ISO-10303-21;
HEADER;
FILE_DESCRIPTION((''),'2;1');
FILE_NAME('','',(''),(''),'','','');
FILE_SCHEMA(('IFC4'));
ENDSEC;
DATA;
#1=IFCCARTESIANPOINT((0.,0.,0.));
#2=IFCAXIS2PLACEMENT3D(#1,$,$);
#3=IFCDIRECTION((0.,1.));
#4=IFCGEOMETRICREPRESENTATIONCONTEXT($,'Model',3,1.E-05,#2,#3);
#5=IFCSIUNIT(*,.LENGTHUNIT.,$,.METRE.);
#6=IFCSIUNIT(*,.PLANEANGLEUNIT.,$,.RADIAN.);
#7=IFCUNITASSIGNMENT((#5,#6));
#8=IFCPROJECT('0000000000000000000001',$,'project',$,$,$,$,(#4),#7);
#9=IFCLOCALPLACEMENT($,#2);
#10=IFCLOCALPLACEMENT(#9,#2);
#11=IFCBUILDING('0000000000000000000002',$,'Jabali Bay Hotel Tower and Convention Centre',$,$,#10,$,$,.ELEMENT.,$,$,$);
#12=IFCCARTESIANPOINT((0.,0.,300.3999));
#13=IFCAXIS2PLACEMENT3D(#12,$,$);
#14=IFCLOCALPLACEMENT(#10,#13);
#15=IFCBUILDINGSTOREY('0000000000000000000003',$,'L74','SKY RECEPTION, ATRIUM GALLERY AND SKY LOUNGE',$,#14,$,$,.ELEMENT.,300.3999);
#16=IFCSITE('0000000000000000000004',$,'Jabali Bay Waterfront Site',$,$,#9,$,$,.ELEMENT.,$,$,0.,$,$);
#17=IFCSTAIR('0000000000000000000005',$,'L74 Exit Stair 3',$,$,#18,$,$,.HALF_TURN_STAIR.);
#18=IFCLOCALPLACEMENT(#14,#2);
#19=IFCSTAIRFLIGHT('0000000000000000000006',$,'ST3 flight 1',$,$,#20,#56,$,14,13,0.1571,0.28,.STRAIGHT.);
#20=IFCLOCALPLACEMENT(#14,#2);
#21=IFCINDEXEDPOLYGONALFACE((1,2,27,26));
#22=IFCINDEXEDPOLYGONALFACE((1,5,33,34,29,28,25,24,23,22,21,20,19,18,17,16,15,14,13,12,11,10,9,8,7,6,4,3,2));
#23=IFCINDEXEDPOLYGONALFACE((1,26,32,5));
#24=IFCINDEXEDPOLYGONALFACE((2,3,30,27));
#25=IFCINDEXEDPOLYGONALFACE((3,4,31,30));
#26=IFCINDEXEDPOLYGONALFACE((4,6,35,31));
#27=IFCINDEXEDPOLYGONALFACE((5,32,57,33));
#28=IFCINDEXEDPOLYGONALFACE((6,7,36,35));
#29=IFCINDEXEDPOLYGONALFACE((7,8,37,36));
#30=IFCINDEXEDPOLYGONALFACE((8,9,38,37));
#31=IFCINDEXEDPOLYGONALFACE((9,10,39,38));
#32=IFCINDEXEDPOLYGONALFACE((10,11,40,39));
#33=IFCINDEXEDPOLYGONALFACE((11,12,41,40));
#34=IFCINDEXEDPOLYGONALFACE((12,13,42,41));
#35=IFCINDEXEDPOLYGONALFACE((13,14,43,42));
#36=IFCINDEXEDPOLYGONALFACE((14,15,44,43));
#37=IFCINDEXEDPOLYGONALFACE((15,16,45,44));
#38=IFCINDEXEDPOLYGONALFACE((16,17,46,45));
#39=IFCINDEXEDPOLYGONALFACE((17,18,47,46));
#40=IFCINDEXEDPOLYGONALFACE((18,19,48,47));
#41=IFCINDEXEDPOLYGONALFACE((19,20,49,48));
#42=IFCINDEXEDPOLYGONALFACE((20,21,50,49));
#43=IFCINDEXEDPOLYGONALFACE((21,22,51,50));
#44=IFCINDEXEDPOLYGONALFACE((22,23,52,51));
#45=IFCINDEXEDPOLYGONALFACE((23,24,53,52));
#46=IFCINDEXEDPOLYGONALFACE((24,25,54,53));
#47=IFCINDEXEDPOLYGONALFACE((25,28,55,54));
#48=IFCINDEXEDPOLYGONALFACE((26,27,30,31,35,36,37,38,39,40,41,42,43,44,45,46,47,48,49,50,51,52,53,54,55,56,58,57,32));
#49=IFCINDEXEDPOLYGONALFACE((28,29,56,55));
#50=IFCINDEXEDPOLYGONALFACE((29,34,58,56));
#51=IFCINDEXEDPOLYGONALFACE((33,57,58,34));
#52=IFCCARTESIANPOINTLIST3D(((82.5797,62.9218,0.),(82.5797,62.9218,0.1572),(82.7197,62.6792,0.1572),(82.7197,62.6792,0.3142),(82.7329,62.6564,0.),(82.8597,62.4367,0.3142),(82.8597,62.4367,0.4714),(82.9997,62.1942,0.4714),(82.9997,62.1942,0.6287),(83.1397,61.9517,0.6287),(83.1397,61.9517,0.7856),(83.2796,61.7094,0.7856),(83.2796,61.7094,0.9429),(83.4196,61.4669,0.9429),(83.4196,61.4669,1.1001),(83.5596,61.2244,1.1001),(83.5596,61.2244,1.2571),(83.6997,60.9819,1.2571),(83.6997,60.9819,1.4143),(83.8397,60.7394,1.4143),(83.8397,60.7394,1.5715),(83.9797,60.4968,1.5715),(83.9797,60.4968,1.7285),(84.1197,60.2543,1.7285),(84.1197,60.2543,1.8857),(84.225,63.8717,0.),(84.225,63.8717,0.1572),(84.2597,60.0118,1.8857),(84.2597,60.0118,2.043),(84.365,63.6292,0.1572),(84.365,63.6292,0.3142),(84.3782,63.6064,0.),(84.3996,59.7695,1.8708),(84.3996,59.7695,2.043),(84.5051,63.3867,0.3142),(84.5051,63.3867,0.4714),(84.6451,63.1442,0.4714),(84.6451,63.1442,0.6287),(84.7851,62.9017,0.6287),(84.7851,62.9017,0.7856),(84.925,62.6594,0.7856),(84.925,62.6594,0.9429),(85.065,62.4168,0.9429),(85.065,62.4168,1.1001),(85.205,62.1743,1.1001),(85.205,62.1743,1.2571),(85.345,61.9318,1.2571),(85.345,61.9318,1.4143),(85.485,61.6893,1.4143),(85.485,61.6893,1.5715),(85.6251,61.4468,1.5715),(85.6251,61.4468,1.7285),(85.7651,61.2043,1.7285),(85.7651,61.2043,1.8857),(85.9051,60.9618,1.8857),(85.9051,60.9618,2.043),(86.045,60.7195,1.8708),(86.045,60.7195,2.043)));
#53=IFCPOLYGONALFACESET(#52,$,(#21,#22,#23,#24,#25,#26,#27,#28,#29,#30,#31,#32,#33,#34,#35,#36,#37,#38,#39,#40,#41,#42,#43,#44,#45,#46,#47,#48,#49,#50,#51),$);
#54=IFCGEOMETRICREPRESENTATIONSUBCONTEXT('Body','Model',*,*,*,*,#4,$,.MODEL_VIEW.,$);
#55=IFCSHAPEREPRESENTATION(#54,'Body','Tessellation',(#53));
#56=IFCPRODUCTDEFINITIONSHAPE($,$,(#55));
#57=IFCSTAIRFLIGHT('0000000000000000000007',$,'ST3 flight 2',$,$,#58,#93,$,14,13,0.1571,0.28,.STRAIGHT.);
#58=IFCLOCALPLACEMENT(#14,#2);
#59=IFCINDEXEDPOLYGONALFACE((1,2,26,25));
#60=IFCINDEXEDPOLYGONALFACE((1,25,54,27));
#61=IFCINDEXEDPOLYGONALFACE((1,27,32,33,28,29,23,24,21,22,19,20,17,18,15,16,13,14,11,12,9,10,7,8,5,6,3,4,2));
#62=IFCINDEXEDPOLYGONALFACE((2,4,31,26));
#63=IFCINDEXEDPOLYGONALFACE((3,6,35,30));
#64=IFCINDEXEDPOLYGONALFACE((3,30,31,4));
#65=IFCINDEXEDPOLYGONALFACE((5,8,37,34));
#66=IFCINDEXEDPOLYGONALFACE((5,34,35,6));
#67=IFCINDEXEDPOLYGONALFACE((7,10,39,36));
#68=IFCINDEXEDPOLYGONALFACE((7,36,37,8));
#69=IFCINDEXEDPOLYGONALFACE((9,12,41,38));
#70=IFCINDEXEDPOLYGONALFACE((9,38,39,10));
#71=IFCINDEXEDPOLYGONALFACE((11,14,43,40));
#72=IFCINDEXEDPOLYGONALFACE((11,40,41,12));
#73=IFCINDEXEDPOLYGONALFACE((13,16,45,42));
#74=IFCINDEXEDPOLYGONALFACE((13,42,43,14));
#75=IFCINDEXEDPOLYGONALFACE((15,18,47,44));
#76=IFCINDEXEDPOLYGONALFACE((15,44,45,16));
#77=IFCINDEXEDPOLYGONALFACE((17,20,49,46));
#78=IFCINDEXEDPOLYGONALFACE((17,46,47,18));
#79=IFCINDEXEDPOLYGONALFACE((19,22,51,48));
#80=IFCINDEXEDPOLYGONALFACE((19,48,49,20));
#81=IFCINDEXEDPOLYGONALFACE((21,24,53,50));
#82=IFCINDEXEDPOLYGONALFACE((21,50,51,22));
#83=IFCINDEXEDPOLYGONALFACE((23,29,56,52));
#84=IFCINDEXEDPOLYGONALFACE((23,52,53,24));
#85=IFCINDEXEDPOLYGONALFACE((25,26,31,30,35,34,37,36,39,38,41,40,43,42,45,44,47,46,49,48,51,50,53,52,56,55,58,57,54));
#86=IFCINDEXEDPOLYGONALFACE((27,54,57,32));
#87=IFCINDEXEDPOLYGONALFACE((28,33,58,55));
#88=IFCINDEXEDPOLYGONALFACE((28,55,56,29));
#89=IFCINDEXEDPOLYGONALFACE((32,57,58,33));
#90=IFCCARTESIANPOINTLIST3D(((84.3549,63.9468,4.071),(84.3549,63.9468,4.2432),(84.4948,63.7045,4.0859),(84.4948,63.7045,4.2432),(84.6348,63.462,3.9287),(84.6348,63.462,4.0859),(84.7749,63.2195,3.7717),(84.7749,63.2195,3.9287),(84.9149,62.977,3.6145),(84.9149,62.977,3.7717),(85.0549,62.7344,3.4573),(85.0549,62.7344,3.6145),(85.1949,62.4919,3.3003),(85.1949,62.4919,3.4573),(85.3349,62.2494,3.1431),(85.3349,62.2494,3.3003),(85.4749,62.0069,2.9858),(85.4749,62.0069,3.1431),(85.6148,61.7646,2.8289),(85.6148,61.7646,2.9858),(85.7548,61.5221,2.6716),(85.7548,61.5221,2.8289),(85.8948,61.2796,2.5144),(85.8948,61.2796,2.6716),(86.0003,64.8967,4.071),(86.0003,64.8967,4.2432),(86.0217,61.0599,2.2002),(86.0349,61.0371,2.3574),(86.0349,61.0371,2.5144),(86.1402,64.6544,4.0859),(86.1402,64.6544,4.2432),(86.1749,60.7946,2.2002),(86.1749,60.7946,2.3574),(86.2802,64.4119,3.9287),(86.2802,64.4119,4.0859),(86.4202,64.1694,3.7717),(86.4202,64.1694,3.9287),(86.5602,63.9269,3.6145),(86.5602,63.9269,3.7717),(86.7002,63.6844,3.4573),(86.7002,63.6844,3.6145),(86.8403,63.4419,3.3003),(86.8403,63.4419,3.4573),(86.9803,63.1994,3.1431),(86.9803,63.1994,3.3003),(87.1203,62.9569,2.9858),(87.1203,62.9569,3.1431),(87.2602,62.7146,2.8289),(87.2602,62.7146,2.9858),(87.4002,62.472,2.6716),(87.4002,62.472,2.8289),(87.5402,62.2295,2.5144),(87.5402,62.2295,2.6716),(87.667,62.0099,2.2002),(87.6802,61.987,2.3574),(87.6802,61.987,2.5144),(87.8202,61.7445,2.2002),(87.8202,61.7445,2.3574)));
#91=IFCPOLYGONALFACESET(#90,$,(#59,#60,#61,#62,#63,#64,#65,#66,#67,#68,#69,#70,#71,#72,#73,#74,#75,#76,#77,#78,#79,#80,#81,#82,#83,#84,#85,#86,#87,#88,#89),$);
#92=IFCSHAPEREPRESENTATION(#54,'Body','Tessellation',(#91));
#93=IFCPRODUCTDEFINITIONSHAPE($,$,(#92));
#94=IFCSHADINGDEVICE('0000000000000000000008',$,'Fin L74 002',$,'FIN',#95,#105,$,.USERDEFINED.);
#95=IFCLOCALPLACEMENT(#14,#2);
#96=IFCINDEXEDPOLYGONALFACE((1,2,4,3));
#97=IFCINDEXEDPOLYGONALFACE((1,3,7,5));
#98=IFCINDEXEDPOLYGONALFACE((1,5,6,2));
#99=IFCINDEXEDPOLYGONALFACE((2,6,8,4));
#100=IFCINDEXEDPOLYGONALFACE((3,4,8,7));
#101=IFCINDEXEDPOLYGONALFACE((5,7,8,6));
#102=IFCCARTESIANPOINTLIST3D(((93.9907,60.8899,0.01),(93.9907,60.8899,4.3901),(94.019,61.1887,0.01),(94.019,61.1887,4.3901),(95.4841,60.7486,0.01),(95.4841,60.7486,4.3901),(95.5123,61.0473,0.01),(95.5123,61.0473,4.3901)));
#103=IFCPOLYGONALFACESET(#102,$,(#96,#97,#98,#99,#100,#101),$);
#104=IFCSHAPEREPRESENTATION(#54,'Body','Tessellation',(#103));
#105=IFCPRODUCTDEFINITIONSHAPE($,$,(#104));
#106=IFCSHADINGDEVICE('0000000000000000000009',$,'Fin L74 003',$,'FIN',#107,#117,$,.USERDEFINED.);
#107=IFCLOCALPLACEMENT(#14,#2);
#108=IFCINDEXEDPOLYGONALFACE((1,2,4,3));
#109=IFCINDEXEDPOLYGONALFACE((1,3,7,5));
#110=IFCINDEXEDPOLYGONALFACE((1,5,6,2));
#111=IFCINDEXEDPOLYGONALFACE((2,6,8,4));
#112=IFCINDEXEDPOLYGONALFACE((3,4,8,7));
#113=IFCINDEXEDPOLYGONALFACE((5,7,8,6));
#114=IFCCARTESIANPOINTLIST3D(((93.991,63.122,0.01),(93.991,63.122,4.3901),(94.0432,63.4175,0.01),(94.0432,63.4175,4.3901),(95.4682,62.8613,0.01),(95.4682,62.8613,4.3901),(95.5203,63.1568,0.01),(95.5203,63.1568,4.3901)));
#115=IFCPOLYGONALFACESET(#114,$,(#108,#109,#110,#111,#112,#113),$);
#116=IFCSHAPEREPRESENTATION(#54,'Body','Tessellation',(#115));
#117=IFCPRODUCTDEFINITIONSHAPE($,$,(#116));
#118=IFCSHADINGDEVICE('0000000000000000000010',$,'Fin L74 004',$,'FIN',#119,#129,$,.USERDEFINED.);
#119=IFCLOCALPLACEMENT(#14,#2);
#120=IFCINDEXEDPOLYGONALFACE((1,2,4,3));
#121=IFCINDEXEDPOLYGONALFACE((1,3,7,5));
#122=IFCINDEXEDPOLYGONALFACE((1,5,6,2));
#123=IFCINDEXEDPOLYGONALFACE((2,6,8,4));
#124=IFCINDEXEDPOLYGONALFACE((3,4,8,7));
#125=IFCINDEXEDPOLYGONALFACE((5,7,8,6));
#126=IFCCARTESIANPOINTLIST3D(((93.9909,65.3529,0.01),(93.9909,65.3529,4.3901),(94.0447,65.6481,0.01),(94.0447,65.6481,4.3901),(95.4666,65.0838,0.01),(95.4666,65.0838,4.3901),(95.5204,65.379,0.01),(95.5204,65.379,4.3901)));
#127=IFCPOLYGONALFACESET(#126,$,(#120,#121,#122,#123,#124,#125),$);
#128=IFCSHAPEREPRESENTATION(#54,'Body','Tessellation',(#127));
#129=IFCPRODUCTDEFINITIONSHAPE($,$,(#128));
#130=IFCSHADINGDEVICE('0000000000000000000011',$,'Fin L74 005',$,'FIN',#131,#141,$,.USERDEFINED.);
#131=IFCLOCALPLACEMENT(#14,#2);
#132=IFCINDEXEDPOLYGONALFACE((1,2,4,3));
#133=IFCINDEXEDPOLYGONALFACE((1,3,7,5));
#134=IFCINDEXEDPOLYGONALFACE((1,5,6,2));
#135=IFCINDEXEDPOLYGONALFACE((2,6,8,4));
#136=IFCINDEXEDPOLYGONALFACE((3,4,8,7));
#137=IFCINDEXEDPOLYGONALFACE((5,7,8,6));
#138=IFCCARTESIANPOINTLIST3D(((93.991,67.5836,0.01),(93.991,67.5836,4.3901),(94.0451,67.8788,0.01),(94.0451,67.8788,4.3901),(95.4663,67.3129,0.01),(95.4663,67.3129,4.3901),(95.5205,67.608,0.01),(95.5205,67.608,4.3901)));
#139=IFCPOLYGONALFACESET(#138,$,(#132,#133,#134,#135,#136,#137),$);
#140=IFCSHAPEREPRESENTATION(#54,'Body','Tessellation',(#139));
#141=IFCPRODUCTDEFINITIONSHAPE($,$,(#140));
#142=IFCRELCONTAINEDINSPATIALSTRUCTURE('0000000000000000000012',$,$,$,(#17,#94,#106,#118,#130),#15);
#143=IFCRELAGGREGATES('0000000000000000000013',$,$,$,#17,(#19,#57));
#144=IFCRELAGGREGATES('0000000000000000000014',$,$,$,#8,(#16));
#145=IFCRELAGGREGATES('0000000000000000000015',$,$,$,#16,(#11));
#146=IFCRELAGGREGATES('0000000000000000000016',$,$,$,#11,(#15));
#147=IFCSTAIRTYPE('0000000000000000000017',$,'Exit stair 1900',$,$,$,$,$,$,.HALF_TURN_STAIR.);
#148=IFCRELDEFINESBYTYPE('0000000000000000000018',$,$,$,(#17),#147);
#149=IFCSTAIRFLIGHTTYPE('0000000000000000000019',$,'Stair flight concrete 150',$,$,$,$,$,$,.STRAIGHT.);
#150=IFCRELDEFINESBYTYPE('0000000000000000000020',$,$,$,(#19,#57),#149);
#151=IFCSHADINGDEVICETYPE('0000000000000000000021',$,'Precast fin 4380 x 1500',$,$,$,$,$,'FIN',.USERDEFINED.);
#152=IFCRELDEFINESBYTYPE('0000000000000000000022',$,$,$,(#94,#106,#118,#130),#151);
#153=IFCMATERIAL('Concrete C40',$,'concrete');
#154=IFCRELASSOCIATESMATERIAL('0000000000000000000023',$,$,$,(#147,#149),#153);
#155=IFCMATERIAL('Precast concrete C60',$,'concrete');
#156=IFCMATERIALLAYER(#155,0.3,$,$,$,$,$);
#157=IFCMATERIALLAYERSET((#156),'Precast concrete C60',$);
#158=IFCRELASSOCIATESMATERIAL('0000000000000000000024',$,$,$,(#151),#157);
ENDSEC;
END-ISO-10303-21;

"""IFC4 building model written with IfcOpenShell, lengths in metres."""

from ifc_helpers import new_model, si_unit, direction, frame, frame_2d, origin, place, context, subcontext, project, spatial, polyline, rectangle, outline, extrude, material, layer, layer_set, type_object, element, aggregate, save


model = new_model("IFC4")

# Units and contexts
model_context = context("Model", 3, precision=1e-05, world=origin(), true_north=direction((0.0, 1.0)))
body_context = subcontext(model_context, "Body", "Model", "MODEL_VIEW")
ifc_project = project(units=[si_unit("LENGTHUNIT", "METRE"), si_unit("PLANEANGLEUNIT", "RADIAN")], contexts=[model_context])

# Site, building, storey
site_placement = place(None, origin())
site = spatial("IfcSite", under=ifc_project, at=site_placement, Name="Jabali Bay Waterfront Site", CompositionType="ELEMENT", RefElevation=0.0)
building_placement = place(site_placement, origin())
building = spatial("IfcBuilding", under=site, at=building_placement, Name="Jabali Bay Hotel Tower and Convention Centre", CompositionType="ELEMENT")
storey_placement = place(building_placement, frame((0.0, 0.0, 300.3999)))
storey = spatial("IfcBuildingStorey", under=building, at=storey_placement, Name="L74", Description="SKY RECEPTION, ATRIUM GALLERY AND SKY LOUNGE", CompositionType="ELEMENT", Elevation=300.3999)

# Shared definitions
ifc_material_1 = material(Name="Concrete C40", Category="concrete")

# Stair, stair flights
stair_type = type_object("IfcStairType", Name="Exit stair 1900", PredefinedType="HALF_TURN_STAIR", material=ifc_material_1)
stair_placement = place(storey_placement, origin())
stair = element("IfcStair", 1, at=stair_placement, inside=storey, type_object=stair_type, Name="L74 Exit Stair 3", PredefinedType="HALF_TURN_STAIR")
stair_flight_type = type_object("IfcStairFlightType", Name="Stair flight concrete 150", PredefinedType="STRAIGHT", material=ifc_material_1)
stair_flight_1_placement = place(storey_placement, frame((83.4023, 63.3967, 0.0), z_axis=(0.0, 0.0, 1.0), x_axis=(0.5, -0.866025, 0.0)))
stair_flight_1 = element("IfcStairFlight", 2, at=stair_flight_1_placement, type_object=stair_flight_type, Name="ST3 flight 1", NumberOfRisers=14, NumberOfTreads=13, PredefinedType="STRAIGHT", RiserHeight=0.1571, TreadLength=0.28, context=body_context, shape_type="SweptSolid", body=[
    extrude(outline(polyline([(0.0, 0.0), (0.0, 0.1572), (0.28, 0.1572), (0.28, 0.3142), (0.5601, 0.3142), (0.5601, 0.4714), (0.8401, 0.4714), (0.8401, 0.6287), (1.1201, 0.6287), (1.1201, 0.7856), (1.3999, 0.7856), (1.3999, 0.9429), (1.6799, 0.9429), (1.6799, 1.1001), (1.96, 1.1001), (1.96, 1.2571), (2.24, 1.2571), (2.24, 1.4143), (2.52, 1.4143), (2.52, 1.5715), (2.8, 1.5715), (2.8, 1.7285), (3.0801, 1.7285), (3.0801, 1.8857), (3.3601, 1.8857), (3.3601, 2.043), (3.6399, 2.043), (3.6399, 2.2), (3.6399, 1.8708), (0.3064, 0.0), (0.0, 0.0)])), frame((0.0, 0.95, 0.0), z_axis=(0.0, -1.0, 0.0), x_axis=(1.0, 0.0, 0.0)), (0.0, 0.0, 1.0), 1.8999),
])
stair_flight_2_placement = place(storey_placement, frame((86.9976, 61.2695, 2.2002), z_axis=(0.0, 0.0, 1.0), x_axis=(-0.5, 0.866025, 0.0)))
stair_flight_2 = element("IfcStairFlight", 3, at=stair_flight_2_placement, type_object=stair_flight_type, Name="ST3 flight 2", NumberOfRisers=14, NumberOfTreads=13, PredefinedType="STRAIGHT", RiserHeight=0.1571, TreadLength=0.28, context=body_context, shape_type="SweptSolid", body=[
    extrude(outline(polyline([(0.0, 0.0), (0.0, 0.1572), (0.28, 0.1572), (0.28, 0.3142), (0.5601, 0.3142), (0.5601, 0.4714), (0.8401, 0.4714), (0.8401, 0.6287), (1.1201, 0.6287), (1.1201, 0.7856), (1.3999, 0.7856), (1.3999, 0.9429), (1.6799, 0.9429), (1.6799, 1.1001), (1.96, 1.1001), (1.96, 1.2571), (2.24, 1.2571), (2.24, 1.4143), (2.52, 1.4143), (2.52, 1.5715), (2.8, 1.5715), (2.8, 1.7285), (3.0801, 1.7285), (3.0801, 1.8857), (3.3601, 1.8857), (3.3601, 2.043), (3.6399, 2.043), (3.6399, 2.2), (3.6399, 1.8708), (0.3064, 0.0), (0.0, 0.0)])), frame((0.0, 0.95, 0.0), z_axis=(0.0, -1.0, 0.0), x_axis=(1.0, 0.0, 0.0)), (0.0, 0.0, 1.0), 1.8999),
])
aggregate(stair, [stair_flight_1, stair_flight_2])

# Shading devices
ifc_material_2 = material(Name="Precast concrete C60", Category="concrete")
ifc_layer_1 = layer(ifc_material_2, 0.3)
ifc_layer_set_1 = layer_set([ifc_layer_1], Name="Precast concrete C60")
shading_device_type = type_object("IfcShadingDeviceType", Name="Precast fin 4380 x 1500", ElementType="FIN", PredefinedType="USERDEFINED", material=ifc_layer_set_1)
for number, where, z_axis, x_axis, name in (
    (4, (94.0049, 61.0393, 0.01), (0.0, 0.0, 1.0), (0.99555, -0.094233, 0.0), "Fin L74 002"),
    (5, (94.0171, 63.2698, 0.01), (0.0, 0.0, 1.0), (0.984774, -0.173841, 0.0), "Fin L74 003"),
    (6, (94.0178, 65.5005, 0.01), (0.0, 0.0, 1.0), (0.983781, -0.179372, 0.0), "Fin L74 004"),
    (7, (94.0181, 67.7312, 0.01), (0.0, 0.0, 1.0), (0.983574, -0.180504, 0.0), "Fin L74 005"),
):
    element("IfcShadingDevice", number, at=place(storey_placement, frame(where, z_axis=z_axis, x_axis=x_axis)), inside=storey, type_object=shading_device_type, Name=name, ObjectType="FIN", PredefinedType="USERDEFINED", context=body_context, shape_type="SweptSolid", body=[
        extrude(rectangle(XDim=1.5, YDim=0.3, at=frame_2d((0.75, 0.0))), origin(), (0.0, 0.0, 1.0), 4.3801),
    ])

save(model, "model.ifc")
